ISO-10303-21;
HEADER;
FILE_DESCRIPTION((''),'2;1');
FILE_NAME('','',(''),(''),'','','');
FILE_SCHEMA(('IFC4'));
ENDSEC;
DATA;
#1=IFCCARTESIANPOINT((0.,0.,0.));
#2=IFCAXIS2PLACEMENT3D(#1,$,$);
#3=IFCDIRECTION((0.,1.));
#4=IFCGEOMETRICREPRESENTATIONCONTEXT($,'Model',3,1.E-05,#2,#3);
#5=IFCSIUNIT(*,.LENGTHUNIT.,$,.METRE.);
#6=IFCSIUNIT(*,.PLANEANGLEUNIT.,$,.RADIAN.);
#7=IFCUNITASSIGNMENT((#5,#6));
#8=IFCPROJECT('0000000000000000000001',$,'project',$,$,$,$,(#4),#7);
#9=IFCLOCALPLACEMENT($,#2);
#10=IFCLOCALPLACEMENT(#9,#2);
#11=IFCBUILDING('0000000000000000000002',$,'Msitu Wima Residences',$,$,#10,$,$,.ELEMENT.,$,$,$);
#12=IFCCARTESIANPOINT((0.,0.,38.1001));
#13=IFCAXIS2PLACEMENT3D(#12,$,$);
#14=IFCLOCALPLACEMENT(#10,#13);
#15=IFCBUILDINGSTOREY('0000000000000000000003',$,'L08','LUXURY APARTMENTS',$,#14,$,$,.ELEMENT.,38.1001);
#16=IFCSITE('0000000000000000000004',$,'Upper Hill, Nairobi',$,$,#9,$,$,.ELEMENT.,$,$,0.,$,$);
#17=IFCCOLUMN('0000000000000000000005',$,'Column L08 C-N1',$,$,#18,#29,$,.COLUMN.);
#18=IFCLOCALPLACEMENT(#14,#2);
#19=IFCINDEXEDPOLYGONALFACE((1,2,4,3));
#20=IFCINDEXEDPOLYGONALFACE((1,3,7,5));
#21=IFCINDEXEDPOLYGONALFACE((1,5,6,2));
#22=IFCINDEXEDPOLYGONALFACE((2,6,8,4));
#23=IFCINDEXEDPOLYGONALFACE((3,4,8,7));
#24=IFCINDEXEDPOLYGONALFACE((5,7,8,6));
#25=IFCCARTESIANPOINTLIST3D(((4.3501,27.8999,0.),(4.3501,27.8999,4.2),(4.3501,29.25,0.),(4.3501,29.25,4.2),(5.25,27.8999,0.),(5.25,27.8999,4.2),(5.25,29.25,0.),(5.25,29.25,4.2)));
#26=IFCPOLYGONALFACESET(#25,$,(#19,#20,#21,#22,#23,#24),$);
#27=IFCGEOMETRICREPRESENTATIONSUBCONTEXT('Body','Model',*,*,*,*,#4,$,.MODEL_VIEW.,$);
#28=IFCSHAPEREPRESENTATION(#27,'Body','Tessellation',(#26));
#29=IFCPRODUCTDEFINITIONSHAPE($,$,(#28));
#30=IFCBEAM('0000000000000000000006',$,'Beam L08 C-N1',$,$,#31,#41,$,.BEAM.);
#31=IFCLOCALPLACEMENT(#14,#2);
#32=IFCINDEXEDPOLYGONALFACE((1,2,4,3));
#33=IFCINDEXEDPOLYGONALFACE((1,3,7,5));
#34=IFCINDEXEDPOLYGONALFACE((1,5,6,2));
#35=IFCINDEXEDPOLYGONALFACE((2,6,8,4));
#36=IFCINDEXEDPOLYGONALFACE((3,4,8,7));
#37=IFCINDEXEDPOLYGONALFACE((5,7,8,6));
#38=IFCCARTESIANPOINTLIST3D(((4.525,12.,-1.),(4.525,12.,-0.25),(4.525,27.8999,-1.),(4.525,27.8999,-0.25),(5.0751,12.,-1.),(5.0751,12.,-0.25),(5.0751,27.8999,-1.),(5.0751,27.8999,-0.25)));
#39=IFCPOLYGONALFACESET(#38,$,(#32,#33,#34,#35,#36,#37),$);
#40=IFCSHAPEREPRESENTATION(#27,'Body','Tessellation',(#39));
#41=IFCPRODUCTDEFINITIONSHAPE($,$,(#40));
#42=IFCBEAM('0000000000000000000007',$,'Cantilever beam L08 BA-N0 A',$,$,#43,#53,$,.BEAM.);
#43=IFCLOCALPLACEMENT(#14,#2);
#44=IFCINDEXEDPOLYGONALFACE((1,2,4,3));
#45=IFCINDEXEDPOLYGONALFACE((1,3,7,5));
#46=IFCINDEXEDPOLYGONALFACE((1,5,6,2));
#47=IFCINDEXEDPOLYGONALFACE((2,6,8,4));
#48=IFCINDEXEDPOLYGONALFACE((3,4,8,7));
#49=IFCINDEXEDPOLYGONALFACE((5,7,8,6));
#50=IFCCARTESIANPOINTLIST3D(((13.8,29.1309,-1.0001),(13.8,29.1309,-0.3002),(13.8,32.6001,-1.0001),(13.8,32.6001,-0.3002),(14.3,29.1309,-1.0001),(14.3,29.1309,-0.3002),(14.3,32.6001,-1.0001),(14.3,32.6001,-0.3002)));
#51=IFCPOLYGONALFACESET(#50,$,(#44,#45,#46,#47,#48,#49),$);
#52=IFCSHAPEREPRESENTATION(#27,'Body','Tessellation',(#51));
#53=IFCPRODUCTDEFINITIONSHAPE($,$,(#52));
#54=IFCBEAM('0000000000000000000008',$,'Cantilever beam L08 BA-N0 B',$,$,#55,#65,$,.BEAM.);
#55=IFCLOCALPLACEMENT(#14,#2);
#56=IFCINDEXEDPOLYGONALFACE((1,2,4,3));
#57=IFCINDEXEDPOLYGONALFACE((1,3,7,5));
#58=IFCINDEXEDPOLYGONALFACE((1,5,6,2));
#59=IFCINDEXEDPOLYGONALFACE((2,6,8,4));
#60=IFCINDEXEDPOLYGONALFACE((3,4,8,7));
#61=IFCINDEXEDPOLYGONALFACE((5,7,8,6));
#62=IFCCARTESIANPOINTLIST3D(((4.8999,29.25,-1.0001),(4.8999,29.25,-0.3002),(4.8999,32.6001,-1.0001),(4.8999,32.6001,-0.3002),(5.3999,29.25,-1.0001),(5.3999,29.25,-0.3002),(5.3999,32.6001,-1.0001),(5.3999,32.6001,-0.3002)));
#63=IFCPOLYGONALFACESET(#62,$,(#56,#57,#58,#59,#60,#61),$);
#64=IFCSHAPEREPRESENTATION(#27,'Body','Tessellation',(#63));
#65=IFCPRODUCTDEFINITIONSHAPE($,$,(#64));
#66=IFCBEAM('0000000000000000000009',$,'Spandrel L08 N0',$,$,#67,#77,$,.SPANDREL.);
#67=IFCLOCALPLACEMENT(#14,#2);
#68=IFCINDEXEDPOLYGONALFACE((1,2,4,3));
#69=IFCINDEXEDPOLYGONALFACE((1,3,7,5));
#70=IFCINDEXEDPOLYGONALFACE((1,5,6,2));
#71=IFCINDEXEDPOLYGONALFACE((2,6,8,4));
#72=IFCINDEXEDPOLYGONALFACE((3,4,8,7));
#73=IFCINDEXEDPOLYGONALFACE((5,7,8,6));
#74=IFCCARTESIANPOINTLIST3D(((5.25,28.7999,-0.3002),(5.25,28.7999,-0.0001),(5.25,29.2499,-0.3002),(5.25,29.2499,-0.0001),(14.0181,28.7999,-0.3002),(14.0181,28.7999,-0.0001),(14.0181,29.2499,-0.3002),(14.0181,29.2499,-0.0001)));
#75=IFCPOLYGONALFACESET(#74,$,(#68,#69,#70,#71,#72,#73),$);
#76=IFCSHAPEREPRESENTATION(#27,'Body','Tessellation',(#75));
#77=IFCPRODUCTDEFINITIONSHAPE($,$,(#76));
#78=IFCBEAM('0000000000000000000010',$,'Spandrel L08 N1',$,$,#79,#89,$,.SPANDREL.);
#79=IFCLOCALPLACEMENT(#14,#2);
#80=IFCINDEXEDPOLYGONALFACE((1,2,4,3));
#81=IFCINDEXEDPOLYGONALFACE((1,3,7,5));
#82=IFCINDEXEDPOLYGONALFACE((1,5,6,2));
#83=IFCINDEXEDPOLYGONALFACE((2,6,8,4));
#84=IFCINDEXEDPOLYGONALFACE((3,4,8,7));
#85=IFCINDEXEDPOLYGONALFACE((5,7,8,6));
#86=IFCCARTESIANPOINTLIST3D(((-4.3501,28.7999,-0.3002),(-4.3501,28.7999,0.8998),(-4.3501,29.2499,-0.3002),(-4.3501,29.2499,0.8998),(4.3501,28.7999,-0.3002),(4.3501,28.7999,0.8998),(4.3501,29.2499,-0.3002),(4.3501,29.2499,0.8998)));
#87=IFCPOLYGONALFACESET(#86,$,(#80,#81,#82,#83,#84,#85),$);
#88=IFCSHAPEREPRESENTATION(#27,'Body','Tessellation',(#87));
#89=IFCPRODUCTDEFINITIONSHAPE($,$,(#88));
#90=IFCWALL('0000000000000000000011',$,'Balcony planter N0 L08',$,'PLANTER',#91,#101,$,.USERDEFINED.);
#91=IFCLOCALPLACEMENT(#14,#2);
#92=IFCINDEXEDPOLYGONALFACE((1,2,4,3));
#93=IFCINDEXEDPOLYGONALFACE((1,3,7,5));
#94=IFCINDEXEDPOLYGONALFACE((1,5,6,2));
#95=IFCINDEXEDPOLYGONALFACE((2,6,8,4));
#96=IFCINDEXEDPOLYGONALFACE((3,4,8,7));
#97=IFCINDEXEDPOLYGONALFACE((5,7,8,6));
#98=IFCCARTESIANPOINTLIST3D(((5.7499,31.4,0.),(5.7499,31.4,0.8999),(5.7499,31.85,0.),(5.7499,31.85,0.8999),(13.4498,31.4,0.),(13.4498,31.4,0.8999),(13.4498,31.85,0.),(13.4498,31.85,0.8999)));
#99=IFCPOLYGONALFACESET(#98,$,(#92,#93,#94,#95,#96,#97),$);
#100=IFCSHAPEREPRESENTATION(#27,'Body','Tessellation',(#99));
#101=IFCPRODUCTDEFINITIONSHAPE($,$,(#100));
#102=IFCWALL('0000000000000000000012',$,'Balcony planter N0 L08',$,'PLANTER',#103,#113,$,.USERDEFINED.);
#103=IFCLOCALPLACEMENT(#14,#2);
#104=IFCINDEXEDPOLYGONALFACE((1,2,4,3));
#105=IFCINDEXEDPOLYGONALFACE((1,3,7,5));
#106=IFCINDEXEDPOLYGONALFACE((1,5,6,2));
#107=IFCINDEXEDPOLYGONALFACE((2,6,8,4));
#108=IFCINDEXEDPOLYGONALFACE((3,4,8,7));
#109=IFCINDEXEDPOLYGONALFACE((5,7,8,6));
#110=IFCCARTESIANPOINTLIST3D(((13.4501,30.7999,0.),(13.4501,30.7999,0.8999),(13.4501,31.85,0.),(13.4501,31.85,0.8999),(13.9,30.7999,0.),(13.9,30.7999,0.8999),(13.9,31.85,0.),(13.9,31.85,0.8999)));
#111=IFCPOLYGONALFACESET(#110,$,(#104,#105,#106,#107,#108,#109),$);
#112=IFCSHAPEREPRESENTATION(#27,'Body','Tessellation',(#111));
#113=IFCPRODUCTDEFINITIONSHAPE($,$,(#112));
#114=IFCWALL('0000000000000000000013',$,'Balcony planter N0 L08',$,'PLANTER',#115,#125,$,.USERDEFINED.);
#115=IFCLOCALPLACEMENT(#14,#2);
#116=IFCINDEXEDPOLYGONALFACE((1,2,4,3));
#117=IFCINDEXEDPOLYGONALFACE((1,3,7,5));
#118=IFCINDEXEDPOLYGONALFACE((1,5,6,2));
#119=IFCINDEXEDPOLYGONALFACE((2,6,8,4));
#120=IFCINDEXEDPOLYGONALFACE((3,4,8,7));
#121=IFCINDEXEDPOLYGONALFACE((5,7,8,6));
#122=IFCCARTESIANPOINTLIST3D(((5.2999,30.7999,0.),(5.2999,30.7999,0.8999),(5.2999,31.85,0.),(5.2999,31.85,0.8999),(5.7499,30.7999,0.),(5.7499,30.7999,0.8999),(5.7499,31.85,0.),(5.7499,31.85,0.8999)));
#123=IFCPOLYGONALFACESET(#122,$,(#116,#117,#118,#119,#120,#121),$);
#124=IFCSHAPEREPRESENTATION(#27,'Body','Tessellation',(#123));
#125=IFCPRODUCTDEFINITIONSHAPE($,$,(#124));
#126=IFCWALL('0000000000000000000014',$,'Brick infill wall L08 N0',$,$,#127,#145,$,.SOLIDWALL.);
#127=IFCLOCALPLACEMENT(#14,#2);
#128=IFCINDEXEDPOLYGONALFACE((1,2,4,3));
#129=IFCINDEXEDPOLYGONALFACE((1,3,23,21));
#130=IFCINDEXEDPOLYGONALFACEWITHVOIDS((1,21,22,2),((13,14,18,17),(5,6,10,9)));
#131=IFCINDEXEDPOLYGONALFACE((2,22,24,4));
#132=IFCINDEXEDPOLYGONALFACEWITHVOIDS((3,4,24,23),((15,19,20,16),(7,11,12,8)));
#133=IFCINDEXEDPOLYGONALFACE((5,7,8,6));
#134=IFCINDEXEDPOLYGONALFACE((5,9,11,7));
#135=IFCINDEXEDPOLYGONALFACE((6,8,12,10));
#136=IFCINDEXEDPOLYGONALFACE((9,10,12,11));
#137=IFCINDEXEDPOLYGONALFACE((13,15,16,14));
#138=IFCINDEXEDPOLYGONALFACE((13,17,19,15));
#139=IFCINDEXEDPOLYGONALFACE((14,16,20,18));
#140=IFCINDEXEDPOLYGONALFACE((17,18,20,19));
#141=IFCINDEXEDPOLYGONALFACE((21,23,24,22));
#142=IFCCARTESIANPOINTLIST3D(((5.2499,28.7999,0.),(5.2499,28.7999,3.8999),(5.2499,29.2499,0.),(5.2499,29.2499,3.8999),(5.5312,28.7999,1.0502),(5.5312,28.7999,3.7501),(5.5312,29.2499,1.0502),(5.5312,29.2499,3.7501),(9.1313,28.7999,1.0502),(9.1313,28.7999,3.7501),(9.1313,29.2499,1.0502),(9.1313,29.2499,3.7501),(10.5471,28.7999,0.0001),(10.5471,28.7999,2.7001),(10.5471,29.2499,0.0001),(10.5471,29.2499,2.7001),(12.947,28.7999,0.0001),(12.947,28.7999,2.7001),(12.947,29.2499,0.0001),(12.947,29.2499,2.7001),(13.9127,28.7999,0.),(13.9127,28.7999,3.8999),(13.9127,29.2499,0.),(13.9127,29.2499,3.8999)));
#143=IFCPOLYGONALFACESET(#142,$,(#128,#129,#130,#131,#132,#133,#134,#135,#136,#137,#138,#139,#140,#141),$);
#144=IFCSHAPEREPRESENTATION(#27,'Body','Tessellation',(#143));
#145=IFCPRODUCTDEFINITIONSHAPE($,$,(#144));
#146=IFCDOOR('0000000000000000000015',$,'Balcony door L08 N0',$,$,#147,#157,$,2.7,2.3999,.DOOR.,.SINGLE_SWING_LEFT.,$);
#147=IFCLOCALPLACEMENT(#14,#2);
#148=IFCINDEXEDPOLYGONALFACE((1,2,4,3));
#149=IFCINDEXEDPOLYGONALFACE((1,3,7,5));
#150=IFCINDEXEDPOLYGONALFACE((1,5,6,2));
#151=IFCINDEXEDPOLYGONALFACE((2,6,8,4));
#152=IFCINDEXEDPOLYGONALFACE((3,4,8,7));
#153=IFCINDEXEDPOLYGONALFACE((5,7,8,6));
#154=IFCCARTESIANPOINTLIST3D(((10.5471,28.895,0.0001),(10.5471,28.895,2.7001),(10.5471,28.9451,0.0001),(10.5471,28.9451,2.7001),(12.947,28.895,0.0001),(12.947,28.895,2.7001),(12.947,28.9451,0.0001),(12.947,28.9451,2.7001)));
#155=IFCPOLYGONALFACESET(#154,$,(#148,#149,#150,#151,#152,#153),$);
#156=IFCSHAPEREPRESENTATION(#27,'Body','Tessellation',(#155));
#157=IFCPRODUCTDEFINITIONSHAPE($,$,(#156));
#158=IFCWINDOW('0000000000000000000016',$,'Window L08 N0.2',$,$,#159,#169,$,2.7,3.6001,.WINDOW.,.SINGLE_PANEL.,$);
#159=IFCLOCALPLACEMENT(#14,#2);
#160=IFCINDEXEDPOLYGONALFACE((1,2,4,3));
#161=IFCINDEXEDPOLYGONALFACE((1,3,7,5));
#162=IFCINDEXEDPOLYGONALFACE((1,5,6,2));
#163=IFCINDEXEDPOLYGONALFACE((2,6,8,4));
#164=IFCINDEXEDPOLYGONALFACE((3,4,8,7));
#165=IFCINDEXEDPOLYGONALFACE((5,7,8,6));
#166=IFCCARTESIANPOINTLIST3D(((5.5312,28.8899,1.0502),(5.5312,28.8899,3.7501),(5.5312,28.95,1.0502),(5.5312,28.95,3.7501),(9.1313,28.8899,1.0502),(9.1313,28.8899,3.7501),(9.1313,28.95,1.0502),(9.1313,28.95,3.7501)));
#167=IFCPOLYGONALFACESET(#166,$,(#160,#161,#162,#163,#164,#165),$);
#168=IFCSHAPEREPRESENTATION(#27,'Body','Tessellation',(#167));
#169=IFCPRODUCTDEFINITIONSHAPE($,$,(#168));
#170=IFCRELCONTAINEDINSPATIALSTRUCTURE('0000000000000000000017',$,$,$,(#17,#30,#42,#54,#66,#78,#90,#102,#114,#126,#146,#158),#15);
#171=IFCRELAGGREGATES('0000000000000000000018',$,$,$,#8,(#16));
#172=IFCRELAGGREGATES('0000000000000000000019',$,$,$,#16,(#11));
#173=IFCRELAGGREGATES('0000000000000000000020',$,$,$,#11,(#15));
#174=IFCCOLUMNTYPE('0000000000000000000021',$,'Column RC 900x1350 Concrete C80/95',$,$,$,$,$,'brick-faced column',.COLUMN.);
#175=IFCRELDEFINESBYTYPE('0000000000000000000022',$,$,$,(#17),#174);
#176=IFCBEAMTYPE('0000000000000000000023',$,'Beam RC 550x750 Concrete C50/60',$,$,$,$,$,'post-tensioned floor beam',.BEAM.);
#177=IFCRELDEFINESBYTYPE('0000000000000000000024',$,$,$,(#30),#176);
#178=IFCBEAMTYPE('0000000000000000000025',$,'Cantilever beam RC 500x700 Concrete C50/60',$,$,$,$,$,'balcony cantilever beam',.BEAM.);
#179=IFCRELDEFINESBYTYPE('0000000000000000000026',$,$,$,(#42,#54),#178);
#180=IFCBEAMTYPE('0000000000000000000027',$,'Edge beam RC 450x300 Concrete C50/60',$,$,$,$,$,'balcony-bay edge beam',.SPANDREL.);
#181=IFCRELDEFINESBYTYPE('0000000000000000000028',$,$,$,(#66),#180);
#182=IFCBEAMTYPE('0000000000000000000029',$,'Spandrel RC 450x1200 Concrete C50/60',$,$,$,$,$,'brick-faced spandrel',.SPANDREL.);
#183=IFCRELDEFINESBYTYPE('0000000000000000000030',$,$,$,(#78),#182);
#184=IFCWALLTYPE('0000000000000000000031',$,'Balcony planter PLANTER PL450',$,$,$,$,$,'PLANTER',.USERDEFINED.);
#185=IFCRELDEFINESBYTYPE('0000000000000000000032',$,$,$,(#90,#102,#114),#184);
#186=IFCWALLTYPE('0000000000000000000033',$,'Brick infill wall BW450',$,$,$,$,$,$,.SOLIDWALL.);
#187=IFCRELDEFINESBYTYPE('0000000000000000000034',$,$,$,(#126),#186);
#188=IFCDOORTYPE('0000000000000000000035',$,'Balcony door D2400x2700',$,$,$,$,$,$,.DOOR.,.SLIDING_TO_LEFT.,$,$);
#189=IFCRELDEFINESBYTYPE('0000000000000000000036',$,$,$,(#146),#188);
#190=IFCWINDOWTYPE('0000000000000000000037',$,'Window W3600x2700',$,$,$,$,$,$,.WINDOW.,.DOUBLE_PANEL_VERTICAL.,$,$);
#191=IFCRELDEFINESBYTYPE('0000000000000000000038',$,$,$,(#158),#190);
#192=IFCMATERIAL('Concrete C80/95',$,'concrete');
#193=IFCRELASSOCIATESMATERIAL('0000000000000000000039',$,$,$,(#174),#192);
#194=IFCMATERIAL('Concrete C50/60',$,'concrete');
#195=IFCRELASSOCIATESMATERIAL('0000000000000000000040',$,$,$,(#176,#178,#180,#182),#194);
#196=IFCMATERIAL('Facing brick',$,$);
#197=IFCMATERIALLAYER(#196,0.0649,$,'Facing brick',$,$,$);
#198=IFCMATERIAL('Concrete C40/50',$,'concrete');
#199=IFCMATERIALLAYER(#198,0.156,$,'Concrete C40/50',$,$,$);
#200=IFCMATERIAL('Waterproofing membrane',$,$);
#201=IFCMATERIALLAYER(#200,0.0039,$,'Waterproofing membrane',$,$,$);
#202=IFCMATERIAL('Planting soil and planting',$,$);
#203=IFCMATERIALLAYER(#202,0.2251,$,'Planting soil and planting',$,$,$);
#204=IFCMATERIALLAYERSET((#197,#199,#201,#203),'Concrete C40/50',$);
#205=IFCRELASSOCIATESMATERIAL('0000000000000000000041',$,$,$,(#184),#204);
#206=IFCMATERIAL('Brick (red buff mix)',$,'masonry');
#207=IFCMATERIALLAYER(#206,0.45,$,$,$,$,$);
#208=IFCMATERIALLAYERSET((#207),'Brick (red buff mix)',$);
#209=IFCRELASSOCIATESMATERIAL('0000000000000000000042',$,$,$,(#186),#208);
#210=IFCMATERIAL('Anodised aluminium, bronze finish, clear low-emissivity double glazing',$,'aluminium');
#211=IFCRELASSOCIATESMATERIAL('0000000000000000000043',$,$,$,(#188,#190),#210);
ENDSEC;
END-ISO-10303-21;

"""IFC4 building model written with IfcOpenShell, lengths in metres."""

from ifc_helpers import new_model, si_unit, direction, frame, frame_2d, origin, origin_2d, place, context, subcontext, project, spatial, rectangle, extrude, material, layer, layer_set, material_profile, profile_set, type_object, element, fill, save


model = new_model("IFC4")

# Units and contexts
model_context = context("Model", 3, precision=1e-05, world=origin(), true_north=direction((0.0, 1.0)))
body_context = subcontext(model_context, "Body", "Model", "MODEL_VIEW")
ifc_project = project(units=[si_unit("LENGTHUNIT", "METRE"), si_unit("PLANEANGLEUNIT", "RADIAN")], contexts=[model_context])

# Site, building, storey
site_placement = place(None, origin())
site = spatial("IfcSite", under=ifc_project, at=site_placement, Name="Upper Hill, Nairobi", CompositionType="ELEMENT", RefElevation=0.0)
building_placement = place(site_placement, origin())
building = spatial("IfcBuilding", under=site, at=building_placement, Name="Msitu Wima Residences", CompositionType="ELEMENT")
storey_placement = place(building_placement, frame((0.0, 0.0, 38.1001)))
storey = spatial("IfcBuildingStorey", under=building, at=storey_placement, Name="L08", Description="LUXURY APARTMENTS", CompositionType="ELEMENT", Elevation=38.1001)

# Column
ifc_material_1 = material(Name="Concrete C80/95", Category="concrete")
ifc_material_profile_1 = material_profile(ifc_material_1, rectangle(XDim=0.8999, YDim=1.3501, at=origin_2d()), Name="RC 900x1350")
ifc_profile_set_1 = profile_set([ifc_material_profile_1], Name="Concrete C80/95")
column_type = type_object("IfcColumnType", Name="Column RC 900x1350 Concrete C80/95", ElementType="brick-faced column", PredefinedType="COLUMN", material=ifc_profile_set_1)
column_placement = place(storey_placement, frame((4.8, 28.575, 0.0), z_axis=(0.0, 0.0, 1.0), x_axis=(-1.0, 0.0, 0.0)))
element("IfcColumn", 1, at=column_placement, inside=storey, type_object=column_type, Name="Column L08 C-N1", PredefinedType="COLUMN", context=body_context, shape_type="SweptSolid", body=[
    extrude(rectangle(XDim=0.8999, YDim=1.3501, at=origin_2d()), origin(), (0.0, 0.0, 1.0), 4.2),
])

# Beams
ifc_material_2 = material(Name="Concrete C50/60", Category="concrete")
ifc_material_profile_2 = material_profile(ifc_material_2, rectangle(XDim=0.55, YDim=0.75, at=origin_2d()), Name="RC 550x750")
ifc_profile_set_2 = profile_set([ifc_material_profile_2], Name="Concrete C50/60")
beam_type_1 = type_object("IfcBeamType", Name="Beam RC 550x750 Concrete C50/60", ElementType="post-tensioned floor beam", PredefinedType="BEAM", material=ifc_profile_set_2)
beam_1_placement = place(storey_placement, frame((4.8, 27.8999, -0.625), z_axis=(0.0, -1.0, 0.0), x_axis=(1.0, 0.0, 0.0)))
element("IfcBeam", 2, at=beam_1_placement, inside=storey, type_object=beam_type_1, Name="Beam L08 C-N1", PredefinedType="BEAM", context=body_context, shape_type="SweptSolid", body=[
    extrude(rectangle(XDim=0.55, YDim=0.75, at=origin_2d()), origin(), (0.0, 0.0, 1.0), 15.8999),
])
ifc_material_profile_3 = material_profile(ifc_material_2, rectangle(XDim=0.5, YDim=0.7, at=origin_2d()), Name="RC 500x700")
ifc_profile_set_3 = profile_set([ifc_material_profile_3], Name="Concrete C50/60")
beam_type_2 = type_object("IfcBeamType", Name="Cantilever beam RC 500x700 Concrete C50/60", ElementType="balcony cantilever beam", PredefinedType="BEAM", material=ifc_profile_set_3)
beam_2_placement = place(storey_placement, frame((14.05, 29.1309, -0.6501), z_axis=(0.0, 1.0, 0.0), x_axis=(-1.0, 0.0, 0.0)))
element("IfcBeam", 3, at=beam_2_placement, inside=storey, type_object=beam_type_2, Name="Cantilever beam L08 BA-N0 A", PredefinedType="BEAM", context=body_context, shape_type="SweptSolid", body=[
    extrude(rectangle(XDim=0.5, YDim=0.7, at=origin_2d()), origin(), (0.0, 0.0, 1.0), 3.4692),
])
beam_3_placement = place(storey_placement, frame((5.1499, 29.25, -0.6501), z_axis=(0.0, 1.0, 0.0), x_axis=(-1.0, 0.0, 0.0)))
element("IfcBeam", 4, at=beam_3_placement, inside=storey, type_object=beam_type_2, Name="Cantilever beam L08 BA-N0 B", PredefinedType="BEAM", context=body_context, shape_type="SweptSolid", body=[
    extrude(rectangle(XDim=0.5, YDim=0.7, at=origin_2d()), origin(), (0.0, 0.0, 1.0), 3.3501),
])
ifc_material_profile_4 = material_profile(ifc_material_2, rectangle(XDim=0.45, YDim=0.3, at=origin_2d()), Name="RC 450x300")
ifc_profile_set_4 = profile_set([ifc_material_profile_4], Name="Concrete C50/60")
beam_type_3 = type_object("IfcBeamType", Name="Edge beam RC 450x300 Concrete C50/60", ElementType="balcony-bay edge beam", PredefinedType="SPANDREL", material=ifc_profile_set_4)
beam_4_placement = place(storey_placement, frame((14.0181, 29.0249, -0.1501), z_axis=(-1.0, 0.0, 0.0), x_axis=(0.0, -1.0, 0.0)))
element("IfcBeam", 5, at=beam_4_placement, inside=storey, type_object=beam_type_3, Name="Spandrel L08 N0", PredefinedType="SPANDREL", context=body_context, shape_type="SweptSolid", body=[
    extrude(rectangle(XDim=0.45, YDim=0.3, at=origin_2d()), origin(), (0.0, 0.0, 1.0), 8.7681),
])
ifc_material_profile_5 = material_profile(ifc_material_2, rectangle(XDim=0.45, YDim=1.2, at=origin_2d()), Name="RC 450x1200")
ifc_profile_set_5 = profile_set([ifc_material_profile_5], Name="Concrete C50/60")
beam_type_4 = type_object("IfcBeamType", Name="Spandrel RC 450x1200 Concrete C50/60", ElementType="brick-faced spandrel", PredefinedType="SPANDREL", material=ifc_profile_set_5)
beam_5_placement = place(storey_placement, frame((4.3501, 29.0249, 0.2998), z_axis=(-1.0, 0.0, 0.0), x_axis=(0.0, -1.0, 0.0)))
element("IfcBeam", 6, at=beam_5_placement, inside=storey, type_object=beam_type_4, Name="Spandrel L08 N1", PredefinedType="SPANDREL", context=body_context, shape_type="SweptSolid", body=[
    extrude(rectangle(XDim=0.45, YDim=1.2, at=origin_2d()), origin(), (0.0, 0.0, 1.0), 8.7002),
])

# Walls
ifc_material_3 = material(Name="Facing brick")
ifc_layer_1 = layer(ifc_material_3, 0.0649, Name="Facing brick")
ifc_material_4 = material(Name="Concrete C40/50", Category="concrete")
ifc_layer_2 = layer(ifc_material_4, 0.156, Name="Concrete C40/50")
ifc_material_5 = material(Name="Waterproofing membrane")
ifc_layer_3 = layer(ifc_material_5, 0.0039, Name="Waterproofing membrane")
ifc_material_6 = material(Name="Planting soil and planting")
ifc_layer_4 = layer(ifc_material_6, 0.2251, Name="Planting soil and planting")
ifc_layer_set_1 = layer_set([ifc_layer_1, ifc_layer_2, ifc_layer_3, ifc_layer_4], Name="Concrete C40/50")
wall_type_1 = type_object("IfcWallType", Name="Balcony planter PLANTER PL450", ElementType="PLANTER", PredefinedType="USERDEFINED", material=ifc_layer_set_1)
wall_1_placement = place(storey_placement, frame((13.45, 31.625, 0.0), z_axis=(0.0, 0.0, 1.0), x_axis=(-1.0, 0.0, 0.0)))
element("IfcWall", 7, at=wall_1_placement, inside=storey, type_object=wall_type_1, Name="Balcony planter N0 L08", ObjectType="PLANTER", PredefinedType="USERDEFINED", context=body_context, shape_type="SweptSolid", body=[
    extrude(rectangle(XDim=7.7, YDim=0.45, at=frame_2d((3.8501, 0.0))), origin(), (0.0, 0.0, 1.0), 0.8999),
])
for number, where, z_axis, x_axis, name in (
    (8, (13.675, 30.8, 0.0), (0.0, 0.0, 1.0), (0.0, 1.0, 0.0), "Balcony planter N0 L08"),
    (9, (5.5249, 30.8, 0.0), (0.0, 0.0, 1.0), (0.0, 1.0, 0.0), "Balcony planter N0 L08"),
):
    element("IfcWall", number, at=place(storey_placement, frame(where, z_axis=z_axis, x_axis=x_axis)), inside=storey, type_object=wall_type_1, Name=name, ObjectType="PLANTER", PredefinedType="USERDEFINED", context=body_context, shape_type="SweptSolid", body=[
        extrude(rectangle(XDim=1.05, YDim=0.45, at=frame_2d((0.5249, 0.0))), origin(), (0.0, 0.0, 1.0), 0.8999),
    ])

# Wall, openings, door, window
ifc_material_7 = material(Name="Brick (red buff mix)", Category="masonry")
ifc_layer_5 = layer(ifc_material_7, 0.45)
ifc_layer_set_2 = layer_set([ifc_layer_5], Name="Brick (red buff mix)")
wall_type_2 = type_object("IfcWallType", Name="Brick infill wall BW450", PredefinedType="SOLIDWALL", material=ifc_layer_set_2)
wall_2_placement = place(storey_placement, frame((13.9128, 29.0249, 0.0), z_axis=(0.0, 0.0, 1.0), x_axis=(-1.0, 0.0, 0.0)))
wall_2 = element("IfcWall", 10, at=wall_2_placement, inside=storey, type_object=wall_type_2, Name="Brick infill wall L08 N0", PredefinedType="SOLIDWALL", context=body_context, shape_type="SweptSolid", body=[
    extrude(rectangle(XDim=8.6628, YDim=0.45, at=frame_2d((4.3315, 0.0))), origin(), (0.0, 0.0, 1.0), 3.8999),
])
opening_1_placement = place(wall_2_placement, frame((0.9658, 0.0, 0.0)))
opening_1 = element("IfcOpeningElement", 11, at=opening_1_placement, cuts=wall_2, PredefinedType="OPENING", context=body_context, shape_type="SweptSolid", body=[
    extrude(rectangle(XDim=2.3999, YDim=2.7, at=frame_2d((1.2, 1.3501))), frame((0.0, 0.2349, 0.0), z_axis=(0.0, -1.0, 0.0), x_axis=(1.0, 0.0, 0.0)), (0.0, 0.0, 1.0), 0.47),
])
opening_2_placement = place(wall_2_placement, frame((4.7815, 0.0, 1.05)))
opening_2 = element("IfcOpeningElement", 12, at=opening_2_placement, cuts=wall_2, PredefinedType="OPENING", context=body_context, shape_type="SweptSolid", body=[
    extrude(rectangle(XDim=3.6001, YDim=2.7, at=frame_2d((1.8, 1.3501))), frame((0.0, 0.2349, 0.0), z_axis=(0.0, -1.0, 0.0), x_axis=(1.0, 0.0, 0.0)), (0.0, 0.0, 1.0), 0.47),
])
ifc_material_8 = material(Name="Anodised aluminium, bronze finish, clear low-emissivity double glazing", Category="aluminium")
door_type_1 = type_object("IfcDoorType", Name="Balcony door D2400x2700", OperationType="SLIDING_TO_LEFT", PredefinedType="DOOR", material=ifc_material_8)
door_1_placement = place(opening_1_placement, origin())
door_1 = element("IfcDoor", 13, at=door_1_placement, inside=storey, type_object=door_type_1, Name="Balcony door L08 N0", OperationType="SINGLE_SWING_LEFT", OverallHeight=2.7, OverallWidth=2.3999, PredefinedType="DOOR", context=body_context, shape_type="SweptSolid", body=[
    extrude(rectangle(XDim=2.3999, YDim=2.7, at=frame_2d((1.2, 1.3501))), frame((0.0, 0.1299, 0.0), z_axis=(0.0, -1.0, 0.0), x_axis=(1.0, 0.0, 0.0)), (0.0, 0.0, 1.0), 0.05),
])
fill(opening_1, door_1)
window_type = type_object("IfcWindowType", Name="Window W3600x2700", PartitioningType="DOUBLE_PANEL_VERTICAL", PredefinedType="WINDOW", material=ifc_material_8)
window_1_placement = place(opening_2_placement, origin())
window_1 = element("IfcWindow", 14, at=window_1_placement, inside=storey, type_object=window_type, Name="Window L08 N0.2", OverallHeight=2.7, OverallWidth=3.6001, PartitioningType="SINGLE_PANEL", PredefinedType="WINDOW", context=body_context, shape_type="SweptSolid", body=[
    extrude(rectangle(XDim=3.6001, YDim=2.7, at=frame_2d((1.8, 1.3501))), frame((0.0, 0.135, 0.0), z_axis=(0.0, -1.0, 0.0), x_axis=(1.0, 0.0, 0.0)), (0.0, 0.0, 1.0), 0.0601),
])
fill(opening_2, window_1)

save(model, "model.ifc")
